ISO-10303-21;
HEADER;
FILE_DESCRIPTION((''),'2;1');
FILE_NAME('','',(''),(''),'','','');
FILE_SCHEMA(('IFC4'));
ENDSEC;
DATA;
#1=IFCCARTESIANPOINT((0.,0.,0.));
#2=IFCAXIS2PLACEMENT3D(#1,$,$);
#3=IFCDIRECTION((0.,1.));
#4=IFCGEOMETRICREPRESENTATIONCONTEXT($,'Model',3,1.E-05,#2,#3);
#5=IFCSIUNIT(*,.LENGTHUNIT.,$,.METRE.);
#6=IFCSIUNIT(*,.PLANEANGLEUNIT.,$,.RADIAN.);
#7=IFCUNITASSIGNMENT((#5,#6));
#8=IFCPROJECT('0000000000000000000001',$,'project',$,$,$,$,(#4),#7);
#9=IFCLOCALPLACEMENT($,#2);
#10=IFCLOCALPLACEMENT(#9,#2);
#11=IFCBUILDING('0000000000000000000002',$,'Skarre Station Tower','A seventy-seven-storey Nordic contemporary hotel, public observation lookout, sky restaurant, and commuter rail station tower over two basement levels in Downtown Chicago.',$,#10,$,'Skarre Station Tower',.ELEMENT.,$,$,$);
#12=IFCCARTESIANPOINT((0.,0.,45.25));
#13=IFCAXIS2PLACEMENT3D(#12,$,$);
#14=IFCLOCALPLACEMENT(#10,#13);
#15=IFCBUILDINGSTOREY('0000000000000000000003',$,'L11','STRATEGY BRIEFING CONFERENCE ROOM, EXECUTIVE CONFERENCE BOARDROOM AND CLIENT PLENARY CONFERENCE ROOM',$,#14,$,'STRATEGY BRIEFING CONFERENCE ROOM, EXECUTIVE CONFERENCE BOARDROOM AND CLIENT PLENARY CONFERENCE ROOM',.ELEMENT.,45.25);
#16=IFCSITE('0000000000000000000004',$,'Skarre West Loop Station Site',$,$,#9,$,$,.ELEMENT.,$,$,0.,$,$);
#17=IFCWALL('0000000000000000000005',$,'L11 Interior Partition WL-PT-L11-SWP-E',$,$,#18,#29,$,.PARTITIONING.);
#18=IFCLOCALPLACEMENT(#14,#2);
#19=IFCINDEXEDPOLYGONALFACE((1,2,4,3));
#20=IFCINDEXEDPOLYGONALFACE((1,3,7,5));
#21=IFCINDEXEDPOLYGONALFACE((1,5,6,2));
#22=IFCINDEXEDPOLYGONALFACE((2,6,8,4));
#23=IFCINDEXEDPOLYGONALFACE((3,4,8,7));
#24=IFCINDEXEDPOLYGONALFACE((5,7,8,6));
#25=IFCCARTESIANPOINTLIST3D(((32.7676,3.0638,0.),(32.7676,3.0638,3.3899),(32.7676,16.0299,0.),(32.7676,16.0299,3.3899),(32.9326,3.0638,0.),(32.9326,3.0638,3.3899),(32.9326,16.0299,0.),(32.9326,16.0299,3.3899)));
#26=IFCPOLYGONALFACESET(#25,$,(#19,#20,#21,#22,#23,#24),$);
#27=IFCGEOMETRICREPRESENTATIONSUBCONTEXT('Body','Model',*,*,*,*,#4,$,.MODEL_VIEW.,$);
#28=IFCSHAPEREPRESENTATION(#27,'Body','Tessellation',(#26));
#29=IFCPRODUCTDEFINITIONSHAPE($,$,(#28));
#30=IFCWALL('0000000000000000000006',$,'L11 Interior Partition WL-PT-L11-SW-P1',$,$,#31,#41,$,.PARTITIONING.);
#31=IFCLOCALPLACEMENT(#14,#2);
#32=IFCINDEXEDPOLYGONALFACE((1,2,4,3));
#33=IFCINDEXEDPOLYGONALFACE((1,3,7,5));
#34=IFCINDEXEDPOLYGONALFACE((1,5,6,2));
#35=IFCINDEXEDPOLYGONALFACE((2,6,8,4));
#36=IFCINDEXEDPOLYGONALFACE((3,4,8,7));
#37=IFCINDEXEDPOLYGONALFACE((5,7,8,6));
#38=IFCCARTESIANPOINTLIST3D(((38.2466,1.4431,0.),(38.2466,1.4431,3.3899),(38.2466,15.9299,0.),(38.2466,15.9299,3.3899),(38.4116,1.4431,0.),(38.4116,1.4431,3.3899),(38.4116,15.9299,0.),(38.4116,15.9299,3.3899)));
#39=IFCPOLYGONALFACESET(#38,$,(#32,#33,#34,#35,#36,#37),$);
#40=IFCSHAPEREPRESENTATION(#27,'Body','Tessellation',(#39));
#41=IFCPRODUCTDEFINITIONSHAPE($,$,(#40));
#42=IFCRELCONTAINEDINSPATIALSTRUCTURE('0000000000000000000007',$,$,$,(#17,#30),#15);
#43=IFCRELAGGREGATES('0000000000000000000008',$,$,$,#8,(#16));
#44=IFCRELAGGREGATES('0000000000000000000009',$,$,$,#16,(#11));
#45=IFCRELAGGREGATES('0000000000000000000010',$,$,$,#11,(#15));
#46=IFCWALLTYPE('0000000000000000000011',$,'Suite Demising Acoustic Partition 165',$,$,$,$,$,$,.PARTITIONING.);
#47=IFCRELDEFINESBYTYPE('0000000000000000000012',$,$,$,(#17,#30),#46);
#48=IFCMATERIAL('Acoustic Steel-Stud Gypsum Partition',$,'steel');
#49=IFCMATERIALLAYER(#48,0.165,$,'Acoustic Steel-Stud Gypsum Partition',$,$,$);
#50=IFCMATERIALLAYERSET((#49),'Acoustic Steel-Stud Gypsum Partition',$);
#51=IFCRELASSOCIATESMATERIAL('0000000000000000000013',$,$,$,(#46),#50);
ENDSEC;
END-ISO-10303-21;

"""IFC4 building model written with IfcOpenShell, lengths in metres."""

from ifc_helpers import new_model, si_unit, direction, frame, frame_2d, origin, place, context, subcontext, project, spatial, rectangle, extrude, material, layer, layer_set, type_object, element, save


model = new_model("IFC4")

# Units and contexts
model_context = context("Model", 3, precision=1e-05, world=origin(), true_north=direction((0.0, 1.0)))
body_context = subcontext(model_context, "Body", "Model", "MODEL_VIEW")
ifc_project = project(units=[si_unit("LENGTHUNIT", "METRE"), si_unit("PLANEANGLEUNIT", "RADIAN")], contexts=[model_context])

# Site, building, storey
site_placement = place(None, origin())
site = spatial("IfcSite", under=ifc_project, at=site_placement, Name="Skarre West Loop Station Site", CompositionType="ELEMENT", RefElevation=0.0)
building_placement = place(site_placement, origin())
building = spatial("IfcBuilding", under=site, at=building_placement, Name="Skarre Station Tower", Description="A seventy-seven-storey Nordic contemporary hotel, public observation lookout, sky restaurant, and commuter rail station tower over two basement levels in Downtown Chicago.", LongName="Skarre Station Tower", CompositionType="ELEMENT")
storey_placement = place(building_placement, frame((0.0, 0.0, 45.25)))
storey = spatial("IfcBuildingStorey", under=building, at=storey_placement, Name="L11", Description="STRATEGY BRIEFING CONFERENCE ROOM, EXECUTIVE CONFERENCE BOARDROOM AND CLIENT PLENARY CONFERENCE ROOM", LongName="STRATEGY BRIEFING CONFERENCE ROOM, EXECUTIVE CONFERENCE BOARDROOM AND CLIENT PLENARY CONFERENCE ROOM", CompositionType="ELEMENT", Elevation=45.25)

# Walls
ifc_material_1 = material(Name="Acoustic Steel-Stud Gypsum Partition", Category="steel")
ifc_layer_1 = layer(ifc_material_1, 0.165, Name="Acoustic Steel-Stud Gypsum Partition")
ifc_layer_set_1 = layer_set([ifc_layer_1], Name="Acoustic Steel-Stud Gypsum Partition")
wall_type_1 = type_object("IfcWallType", Name="Suite Demising Acoustic Partition 165", PredefinedType="PARTITIONING", material=ifc_layer_set_1)
wall_1_placement = place(storey_placement, frame((32.8501, 3.064, 0.0), z_axis=(0.0, 0.0, 1.0), x_axis=(0.0, 1.0, 0.0)))
element("IfcWall", 1, at=wall_1_placement, inside=storey, type_object=wall_type_1, Name="L11 Interior Partition WL-PT-L11-SWP-E", PredefinedType="PARTITIONING", context=body_context, shape_type="SweptSolid", body=[
    extrude(rectangle(XDim=12.9661, YDim=0.165, at=frame_2d((6.4829, 0.0))), origin(), (0.0, 0.0, 1.0), 3.3899),
])
wall_2_placement = place(storey_placement, frame((38.3291, 1.4431, 0.0), z_axis=(0.0, 0.0, 1.0), x_axis=(0.0, 1.0, 0.0)))
element("IfcWall", 2, at=wall_2_placement, inside=storey, type_object=wall_type_1, Name="L11 Interior Partition WL-PT-L11-SW-P1", PredefinedType="PARTITIONING", context=body_context, shape_type="SweptSolid", body=[
    extrude(rectangle(XDim=14.4868, YDim=0.165, at=frame_2d((7.2434, 0.0))), origin(), (0.0, 0.0, 1.0), 3.3899),
])

save(model, "model.ifc")
